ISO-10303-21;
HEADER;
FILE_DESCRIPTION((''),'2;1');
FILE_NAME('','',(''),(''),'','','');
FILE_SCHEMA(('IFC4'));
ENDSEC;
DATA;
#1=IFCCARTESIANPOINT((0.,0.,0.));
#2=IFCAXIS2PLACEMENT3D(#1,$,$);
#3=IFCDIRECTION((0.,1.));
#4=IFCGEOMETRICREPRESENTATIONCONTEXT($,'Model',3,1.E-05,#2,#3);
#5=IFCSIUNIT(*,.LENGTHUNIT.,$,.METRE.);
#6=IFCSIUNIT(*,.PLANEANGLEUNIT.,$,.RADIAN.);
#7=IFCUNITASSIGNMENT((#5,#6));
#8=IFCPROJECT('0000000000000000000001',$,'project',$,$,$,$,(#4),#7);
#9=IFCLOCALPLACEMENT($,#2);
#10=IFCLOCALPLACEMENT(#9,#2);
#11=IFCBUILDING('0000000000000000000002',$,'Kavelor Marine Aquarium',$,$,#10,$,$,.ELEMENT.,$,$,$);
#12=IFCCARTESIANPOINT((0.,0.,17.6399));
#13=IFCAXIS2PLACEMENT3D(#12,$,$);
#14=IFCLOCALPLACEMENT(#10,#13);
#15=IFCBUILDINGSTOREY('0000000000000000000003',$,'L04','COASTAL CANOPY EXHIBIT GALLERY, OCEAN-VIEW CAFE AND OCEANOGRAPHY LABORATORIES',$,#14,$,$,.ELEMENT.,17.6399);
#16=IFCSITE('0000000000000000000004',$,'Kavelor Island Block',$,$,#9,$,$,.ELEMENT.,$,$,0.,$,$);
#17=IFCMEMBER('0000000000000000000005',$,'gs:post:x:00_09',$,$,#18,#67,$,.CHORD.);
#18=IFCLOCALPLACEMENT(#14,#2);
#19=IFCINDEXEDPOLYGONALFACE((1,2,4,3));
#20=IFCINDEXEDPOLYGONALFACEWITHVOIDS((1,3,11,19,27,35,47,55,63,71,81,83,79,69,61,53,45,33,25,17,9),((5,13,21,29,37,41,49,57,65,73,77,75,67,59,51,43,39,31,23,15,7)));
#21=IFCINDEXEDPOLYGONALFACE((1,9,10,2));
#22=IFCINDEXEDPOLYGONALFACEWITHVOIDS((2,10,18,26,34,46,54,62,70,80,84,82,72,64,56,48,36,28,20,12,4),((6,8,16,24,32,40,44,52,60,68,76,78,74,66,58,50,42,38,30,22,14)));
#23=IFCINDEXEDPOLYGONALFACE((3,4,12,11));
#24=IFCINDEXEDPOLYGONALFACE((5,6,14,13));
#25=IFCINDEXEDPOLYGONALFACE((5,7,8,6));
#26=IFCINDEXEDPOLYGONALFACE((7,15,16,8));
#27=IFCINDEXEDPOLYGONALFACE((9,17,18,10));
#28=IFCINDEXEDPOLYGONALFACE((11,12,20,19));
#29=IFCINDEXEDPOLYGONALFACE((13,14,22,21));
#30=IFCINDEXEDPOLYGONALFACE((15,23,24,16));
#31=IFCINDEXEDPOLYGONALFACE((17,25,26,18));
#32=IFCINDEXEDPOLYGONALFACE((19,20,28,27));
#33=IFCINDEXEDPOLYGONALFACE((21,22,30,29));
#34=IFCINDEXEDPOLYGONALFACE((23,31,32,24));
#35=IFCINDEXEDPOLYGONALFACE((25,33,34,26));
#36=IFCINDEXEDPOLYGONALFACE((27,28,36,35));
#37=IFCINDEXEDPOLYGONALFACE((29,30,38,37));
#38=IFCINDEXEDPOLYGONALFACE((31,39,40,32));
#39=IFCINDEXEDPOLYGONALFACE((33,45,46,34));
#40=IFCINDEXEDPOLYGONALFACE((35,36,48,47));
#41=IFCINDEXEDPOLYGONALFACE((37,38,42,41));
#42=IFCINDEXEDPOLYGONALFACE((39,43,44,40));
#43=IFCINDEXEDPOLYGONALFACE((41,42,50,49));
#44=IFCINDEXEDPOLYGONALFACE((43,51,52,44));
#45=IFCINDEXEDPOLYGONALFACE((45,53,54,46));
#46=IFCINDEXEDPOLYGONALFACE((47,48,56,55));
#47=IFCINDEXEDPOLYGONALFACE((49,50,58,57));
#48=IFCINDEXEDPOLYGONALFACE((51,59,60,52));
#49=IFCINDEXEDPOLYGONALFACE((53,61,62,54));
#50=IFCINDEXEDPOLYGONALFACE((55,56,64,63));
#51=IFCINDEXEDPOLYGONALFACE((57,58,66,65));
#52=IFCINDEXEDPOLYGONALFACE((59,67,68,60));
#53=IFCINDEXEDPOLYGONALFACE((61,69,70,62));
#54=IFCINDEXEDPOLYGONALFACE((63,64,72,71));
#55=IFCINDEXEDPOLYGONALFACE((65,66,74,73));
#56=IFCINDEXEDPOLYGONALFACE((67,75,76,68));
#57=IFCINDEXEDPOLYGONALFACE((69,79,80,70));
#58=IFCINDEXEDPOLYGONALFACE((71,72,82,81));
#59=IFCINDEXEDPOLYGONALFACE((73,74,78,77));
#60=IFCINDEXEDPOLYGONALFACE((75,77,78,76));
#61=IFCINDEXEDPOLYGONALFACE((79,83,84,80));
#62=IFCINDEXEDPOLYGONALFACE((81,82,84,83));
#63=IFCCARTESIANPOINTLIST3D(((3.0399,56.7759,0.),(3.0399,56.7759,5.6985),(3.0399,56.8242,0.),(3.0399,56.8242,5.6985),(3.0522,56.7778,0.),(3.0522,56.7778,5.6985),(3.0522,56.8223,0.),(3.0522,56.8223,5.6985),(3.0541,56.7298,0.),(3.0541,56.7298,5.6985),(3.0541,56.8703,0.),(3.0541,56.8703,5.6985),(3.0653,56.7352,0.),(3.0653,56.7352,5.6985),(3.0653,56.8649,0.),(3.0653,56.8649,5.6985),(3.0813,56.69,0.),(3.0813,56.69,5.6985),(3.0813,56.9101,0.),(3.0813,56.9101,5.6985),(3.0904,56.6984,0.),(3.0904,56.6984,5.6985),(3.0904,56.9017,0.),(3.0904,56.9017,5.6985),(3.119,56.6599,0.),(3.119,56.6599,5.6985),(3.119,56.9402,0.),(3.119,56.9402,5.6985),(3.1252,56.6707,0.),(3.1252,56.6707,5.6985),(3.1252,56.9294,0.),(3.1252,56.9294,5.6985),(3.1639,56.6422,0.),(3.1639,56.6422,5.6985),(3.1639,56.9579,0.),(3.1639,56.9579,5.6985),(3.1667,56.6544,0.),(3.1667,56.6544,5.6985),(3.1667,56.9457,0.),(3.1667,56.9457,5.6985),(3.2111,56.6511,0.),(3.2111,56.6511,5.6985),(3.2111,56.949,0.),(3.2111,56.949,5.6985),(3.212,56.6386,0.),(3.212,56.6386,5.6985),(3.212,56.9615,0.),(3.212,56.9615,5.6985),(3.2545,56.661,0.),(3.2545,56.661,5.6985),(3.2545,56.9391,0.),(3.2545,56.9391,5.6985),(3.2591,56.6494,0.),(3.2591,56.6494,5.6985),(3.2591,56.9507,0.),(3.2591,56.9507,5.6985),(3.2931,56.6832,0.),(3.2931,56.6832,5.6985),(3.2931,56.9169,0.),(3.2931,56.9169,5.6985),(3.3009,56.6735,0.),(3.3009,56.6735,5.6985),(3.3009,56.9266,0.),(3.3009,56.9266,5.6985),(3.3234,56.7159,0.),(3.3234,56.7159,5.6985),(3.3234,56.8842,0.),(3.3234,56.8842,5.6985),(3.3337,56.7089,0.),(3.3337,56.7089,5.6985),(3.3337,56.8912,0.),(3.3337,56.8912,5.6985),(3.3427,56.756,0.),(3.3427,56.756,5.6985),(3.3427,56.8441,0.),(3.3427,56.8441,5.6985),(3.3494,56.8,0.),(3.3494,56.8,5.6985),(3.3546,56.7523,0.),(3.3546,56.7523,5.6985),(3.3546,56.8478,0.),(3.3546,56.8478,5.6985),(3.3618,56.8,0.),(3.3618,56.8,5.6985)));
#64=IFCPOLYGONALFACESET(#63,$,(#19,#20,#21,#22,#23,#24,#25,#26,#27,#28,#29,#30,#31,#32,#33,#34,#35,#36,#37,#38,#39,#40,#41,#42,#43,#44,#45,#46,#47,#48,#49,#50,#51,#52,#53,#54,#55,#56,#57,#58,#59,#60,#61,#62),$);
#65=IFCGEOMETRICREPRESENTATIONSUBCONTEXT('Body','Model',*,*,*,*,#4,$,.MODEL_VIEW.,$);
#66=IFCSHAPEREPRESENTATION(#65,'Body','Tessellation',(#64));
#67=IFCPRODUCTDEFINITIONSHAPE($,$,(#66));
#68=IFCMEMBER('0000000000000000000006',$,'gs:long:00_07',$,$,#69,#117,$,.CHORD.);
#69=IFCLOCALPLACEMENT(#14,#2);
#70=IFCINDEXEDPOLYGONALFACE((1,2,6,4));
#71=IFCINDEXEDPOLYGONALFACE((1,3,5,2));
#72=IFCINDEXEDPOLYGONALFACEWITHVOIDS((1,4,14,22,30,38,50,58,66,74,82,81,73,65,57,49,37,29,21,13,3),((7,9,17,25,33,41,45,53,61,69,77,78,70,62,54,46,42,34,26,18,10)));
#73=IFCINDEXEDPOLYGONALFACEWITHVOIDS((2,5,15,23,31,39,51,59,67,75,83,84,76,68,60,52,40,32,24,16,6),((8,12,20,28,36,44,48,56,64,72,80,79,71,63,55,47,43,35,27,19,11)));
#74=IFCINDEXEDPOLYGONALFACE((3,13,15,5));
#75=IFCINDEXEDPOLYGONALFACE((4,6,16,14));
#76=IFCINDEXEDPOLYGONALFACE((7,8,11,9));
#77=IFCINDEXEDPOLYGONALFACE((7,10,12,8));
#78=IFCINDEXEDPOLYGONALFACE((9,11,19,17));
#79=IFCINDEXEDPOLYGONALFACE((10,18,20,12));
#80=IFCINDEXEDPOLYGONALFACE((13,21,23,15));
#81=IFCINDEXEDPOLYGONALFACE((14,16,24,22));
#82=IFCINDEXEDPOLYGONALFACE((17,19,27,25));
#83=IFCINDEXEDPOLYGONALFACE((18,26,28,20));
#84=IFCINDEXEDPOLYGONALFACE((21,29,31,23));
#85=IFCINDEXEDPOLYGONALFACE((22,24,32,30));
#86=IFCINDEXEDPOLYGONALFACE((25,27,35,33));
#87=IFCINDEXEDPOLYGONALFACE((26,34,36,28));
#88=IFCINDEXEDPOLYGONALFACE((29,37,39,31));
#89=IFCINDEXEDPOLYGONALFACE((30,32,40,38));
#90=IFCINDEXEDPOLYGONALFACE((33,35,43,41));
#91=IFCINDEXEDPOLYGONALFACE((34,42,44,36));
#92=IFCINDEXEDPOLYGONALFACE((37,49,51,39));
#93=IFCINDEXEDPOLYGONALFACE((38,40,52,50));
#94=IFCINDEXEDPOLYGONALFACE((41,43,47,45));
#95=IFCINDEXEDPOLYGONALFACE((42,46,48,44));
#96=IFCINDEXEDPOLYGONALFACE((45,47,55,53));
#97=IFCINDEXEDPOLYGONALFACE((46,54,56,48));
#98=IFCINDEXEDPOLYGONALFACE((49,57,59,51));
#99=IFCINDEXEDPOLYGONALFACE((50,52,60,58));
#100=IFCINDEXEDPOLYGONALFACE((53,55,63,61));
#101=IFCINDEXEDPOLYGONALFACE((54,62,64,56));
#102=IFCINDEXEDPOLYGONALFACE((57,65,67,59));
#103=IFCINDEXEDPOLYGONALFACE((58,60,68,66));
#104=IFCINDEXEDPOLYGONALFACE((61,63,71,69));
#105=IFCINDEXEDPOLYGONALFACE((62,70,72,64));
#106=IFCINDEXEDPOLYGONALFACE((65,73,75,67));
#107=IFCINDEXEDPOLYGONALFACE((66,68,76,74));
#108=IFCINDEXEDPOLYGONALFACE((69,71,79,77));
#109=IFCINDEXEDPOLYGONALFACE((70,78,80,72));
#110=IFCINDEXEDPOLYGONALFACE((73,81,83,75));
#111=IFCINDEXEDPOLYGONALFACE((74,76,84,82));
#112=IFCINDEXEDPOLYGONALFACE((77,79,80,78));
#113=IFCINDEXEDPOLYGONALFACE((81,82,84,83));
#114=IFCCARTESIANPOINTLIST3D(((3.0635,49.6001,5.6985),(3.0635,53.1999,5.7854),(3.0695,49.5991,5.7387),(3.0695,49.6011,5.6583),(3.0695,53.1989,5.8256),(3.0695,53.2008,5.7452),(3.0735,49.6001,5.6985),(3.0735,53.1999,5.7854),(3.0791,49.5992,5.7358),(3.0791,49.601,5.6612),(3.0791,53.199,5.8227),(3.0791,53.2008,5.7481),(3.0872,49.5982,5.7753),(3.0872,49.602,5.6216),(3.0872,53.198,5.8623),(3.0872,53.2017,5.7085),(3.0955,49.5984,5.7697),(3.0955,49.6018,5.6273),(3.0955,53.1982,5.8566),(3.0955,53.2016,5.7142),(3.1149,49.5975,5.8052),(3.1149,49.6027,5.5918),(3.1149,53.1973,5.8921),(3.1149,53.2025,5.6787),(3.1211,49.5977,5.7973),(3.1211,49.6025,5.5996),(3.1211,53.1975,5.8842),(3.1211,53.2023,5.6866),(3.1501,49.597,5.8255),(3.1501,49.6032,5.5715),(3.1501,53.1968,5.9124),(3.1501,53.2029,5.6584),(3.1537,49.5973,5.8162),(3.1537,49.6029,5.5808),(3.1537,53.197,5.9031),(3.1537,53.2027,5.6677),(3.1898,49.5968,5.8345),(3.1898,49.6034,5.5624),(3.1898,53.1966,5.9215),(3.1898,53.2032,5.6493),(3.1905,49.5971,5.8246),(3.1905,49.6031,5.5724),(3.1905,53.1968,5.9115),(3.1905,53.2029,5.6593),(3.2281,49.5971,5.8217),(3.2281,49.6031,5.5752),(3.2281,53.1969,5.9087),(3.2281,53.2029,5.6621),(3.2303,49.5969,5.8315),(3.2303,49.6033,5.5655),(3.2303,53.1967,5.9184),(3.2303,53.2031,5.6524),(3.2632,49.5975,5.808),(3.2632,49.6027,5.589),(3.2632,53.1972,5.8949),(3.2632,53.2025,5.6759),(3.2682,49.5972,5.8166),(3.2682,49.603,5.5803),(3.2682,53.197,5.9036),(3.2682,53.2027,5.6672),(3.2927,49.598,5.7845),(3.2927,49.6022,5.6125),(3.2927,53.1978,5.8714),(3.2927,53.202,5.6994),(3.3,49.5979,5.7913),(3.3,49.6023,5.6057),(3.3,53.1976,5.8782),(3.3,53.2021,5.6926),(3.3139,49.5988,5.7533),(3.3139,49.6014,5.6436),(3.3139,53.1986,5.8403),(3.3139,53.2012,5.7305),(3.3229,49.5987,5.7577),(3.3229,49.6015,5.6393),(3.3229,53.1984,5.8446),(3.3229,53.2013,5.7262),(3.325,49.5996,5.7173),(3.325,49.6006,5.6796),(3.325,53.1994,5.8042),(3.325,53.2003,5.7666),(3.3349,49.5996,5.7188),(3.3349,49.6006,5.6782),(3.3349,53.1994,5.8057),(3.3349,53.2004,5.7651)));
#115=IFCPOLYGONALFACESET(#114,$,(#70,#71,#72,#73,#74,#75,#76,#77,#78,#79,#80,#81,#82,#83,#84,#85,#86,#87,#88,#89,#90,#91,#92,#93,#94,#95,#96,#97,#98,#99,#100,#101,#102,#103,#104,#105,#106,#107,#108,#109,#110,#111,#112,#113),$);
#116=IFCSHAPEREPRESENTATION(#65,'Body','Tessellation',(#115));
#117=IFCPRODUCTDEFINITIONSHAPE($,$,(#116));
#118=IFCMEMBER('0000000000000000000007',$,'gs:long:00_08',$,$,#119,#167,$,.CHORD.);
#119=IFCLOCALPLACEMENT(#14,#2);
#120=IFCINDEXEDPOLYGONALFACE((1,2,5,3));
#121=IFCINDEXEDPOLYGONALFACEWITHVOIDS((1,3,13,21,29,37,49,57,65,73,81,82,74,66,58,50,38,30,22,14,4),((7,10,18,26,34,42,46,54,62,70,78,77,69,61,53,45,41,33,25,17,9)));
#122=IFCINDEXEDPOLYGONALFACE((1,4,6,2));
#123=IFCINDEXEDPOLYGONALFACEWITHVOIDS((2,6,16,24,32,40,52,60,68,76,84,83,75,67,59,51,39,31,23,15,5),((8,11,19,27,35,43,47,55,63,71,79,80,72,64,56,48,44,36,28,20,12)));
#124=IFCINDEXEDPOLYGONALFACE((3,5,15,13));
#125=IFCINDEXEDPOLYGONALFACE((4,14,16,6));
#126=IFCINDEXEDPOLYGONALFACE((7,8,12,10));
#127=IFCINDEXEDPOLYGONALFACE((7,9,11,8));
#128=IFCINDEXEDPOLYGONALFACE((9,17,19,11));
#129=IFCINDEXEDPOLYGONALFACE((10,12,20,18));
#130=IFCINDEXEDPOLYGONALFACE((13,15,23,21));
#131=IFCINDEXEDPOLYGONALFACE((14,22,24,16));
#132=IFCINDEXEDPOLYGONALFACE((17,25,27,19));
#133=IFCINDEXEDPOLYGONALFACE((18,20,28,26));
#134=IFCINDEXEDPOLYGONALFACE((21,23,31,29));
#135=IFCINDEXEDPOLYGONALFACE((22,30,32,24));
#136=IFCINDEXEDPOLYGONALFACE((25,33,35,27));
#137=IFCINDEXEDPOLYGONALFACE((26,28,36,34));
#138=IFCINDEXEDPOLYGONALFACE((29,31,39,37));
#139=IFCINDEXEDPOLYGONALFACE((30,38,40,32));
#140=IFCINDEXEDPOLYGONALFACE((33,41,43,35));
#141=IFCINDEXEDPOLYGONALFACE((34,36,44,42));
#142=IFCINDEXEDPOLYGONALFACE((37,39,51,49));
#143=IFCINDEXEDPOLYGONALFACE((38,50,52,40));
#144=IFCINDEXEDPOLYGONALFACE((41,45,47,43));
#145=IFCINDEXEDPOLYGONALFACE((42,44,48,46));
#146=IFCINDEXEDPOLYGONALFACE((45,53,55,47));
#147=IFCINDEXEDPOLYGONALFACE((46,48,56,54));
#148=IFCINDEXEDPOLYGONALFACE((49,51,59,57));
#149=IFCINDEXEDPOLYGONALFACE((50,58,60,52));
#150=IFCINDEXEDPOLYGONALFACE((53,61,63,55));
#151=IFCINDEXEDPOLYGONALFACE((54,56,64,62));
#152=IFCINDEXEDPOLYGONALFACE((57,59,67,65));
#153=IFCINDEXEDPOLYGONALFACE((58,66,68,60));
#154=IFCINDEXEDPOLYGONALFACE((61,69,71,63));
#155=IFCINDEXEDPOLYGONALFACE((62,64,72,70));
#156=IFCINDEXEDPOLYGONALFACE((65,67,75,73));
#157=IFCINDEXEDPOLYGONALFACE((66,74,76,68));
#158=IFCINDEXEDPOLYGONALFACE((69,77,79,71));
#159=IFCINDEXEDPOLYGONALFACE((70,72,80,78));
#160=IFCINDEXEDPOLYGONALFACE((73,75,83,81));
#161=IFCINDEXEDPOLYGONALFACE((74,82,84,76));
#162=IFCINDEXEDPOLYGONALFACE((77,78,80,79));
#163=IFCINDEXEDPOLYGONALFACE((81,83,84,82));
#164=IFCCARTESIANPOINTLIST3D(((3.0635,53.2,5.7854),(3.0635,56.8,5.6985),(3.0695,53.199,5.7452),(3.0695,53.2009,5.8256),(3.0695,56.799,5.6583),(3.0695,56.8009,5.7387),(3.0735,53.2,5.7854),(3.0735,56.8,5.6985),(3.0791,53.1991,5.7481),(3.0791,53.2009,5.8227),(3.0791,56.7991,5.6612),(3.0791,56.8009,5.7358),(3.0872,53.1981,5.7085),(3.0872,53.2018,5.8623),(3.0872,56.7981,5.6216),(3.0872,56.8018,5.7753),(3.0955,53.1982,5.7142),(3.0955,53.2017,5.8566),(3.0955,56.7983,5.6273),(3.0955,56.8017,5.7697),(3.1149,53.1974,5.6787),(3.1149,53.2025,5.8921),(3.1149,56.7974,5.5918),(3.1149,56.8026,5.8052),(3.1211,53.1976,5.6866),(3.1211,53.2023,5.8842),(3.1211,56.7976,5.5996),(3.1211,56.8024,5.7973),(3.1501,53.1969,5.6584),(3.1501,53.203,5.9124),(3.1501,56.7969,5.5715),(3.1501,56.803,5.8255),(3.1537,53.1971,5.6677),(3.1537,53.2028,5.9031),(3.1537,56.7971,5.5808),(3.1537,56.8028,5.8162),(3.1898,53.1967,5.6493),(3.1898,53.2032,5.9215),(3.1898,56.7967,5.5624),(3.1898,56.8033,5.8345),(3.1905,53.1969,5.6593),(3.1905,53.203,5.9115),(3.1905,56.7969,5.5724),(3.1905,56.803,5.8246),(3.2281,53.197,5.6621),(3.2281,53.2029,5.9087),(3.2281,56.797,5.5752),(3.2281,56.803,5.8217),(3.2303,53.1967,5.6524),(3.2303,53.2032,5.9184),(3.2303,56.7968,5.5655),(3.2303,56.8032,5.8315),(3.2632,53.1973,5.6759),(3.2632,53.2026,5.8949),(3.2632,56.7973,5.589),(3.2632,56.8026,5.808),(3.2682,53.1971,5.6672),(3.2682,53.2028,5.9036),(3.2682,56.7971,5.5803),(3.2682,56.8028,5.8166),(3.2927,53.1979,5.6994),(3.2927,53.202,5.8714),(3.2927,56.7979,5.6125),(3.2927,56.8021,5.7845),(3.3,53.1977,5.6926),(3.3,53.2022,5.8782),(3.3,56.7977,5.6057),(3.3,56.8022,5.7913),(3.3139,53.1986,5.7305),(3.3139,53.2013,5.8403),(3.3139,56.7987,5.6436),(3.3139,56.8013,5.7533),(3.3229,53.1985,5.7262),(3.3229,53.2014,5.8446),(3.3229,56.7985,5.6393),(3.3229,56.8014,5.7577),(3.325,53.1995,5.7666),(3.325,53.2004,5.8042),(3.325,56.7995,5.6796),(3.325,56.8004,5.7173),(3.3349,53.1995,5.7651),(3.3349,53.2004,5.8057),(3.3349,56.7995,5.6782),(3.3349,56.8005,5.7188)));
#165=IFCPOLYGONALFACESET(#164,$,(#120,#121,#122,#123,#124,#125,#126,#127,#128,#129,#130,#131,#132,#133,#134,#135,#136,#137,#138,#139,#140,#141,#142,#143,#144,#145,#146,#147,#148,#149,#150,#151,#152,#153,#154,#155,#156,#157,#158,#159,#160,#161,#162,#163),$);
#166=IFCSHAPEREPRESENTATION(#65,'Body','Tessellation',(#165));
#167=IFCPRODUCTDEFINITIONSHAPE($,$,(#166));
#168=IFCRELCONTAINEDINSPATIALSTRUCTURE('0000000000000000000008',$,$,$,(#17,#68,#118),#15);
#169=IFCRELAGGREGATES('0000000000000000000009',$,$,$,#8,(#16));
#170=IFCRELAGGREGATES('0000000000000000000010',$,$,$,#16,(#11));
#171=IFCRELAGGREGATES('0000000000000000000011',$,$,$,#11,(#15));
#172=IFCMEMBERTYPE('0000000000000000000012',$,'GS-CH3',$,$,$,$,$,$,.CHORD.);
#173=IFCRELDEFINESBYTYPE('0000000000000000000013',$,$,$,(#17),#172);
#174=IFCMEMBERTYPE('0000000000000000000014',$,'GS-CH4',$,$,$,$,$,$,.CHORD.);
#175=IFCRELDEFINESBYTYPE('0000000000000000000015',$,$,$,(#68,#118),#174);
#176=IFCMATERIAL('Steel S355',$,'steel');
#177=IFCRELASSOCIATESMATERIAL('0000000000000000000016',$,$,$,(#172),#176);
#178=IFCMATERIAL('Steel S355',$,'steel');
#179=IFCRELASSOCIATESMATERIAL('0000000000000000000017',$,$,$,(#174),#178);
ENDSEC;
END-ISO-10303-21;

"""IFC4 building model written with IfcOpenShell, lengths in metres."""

from ifc_helpers import new_model, si_unit, direction, frame, origin, origin_2d, place, context, subcontext, project, spatial, hollow_circle, extrude, material, material_profile, profile_set, type_object, element, save


model = new_model("IFC4")

# Units and contexts
model_context = context("Model", 3, precision=1e-05, world=origin(), true_north=direction((0.0, 1.0)))
body_context = subcontext(model_context, "Body", "Model", "MODEL_VIEW")
ifc_project = project(units=[si_unit("LENGTHUNIT", "METRE"), si_unit("PLANEANGLEUNIT", "RADIAN")], contexts=[model_context])

# Site, building, storey
site_placement = place(None, origin())
site = spatial("IfcSite", under=ifc_project, at=site_placement, Name="Kavelor Island Block", CompositionType="ELEMENT", RefElevation=0.0)
building_placement = place(site_placement, origin())
building = spatial("IfcBuilding", under=site, at=building_placement, Name="Kavelor Marine Aquarium", CompositionType="ELEMENT")
storey_placement = place(building_placement, frame((0.0, 0.0, 17.6399)))
storey = spatial("IfcBuildingStorey", under=building, at=storey_placement, Name="L04", Description="COASTAL CANOPY EXHIBIT GALLERY, OCEAN-VIEW CAFE AND OCEANOGRAPHY LABORATORIES", CompositionType="ELEMENT", Elevation=17.6399)

# Members
ifc_material_1 = material(Name="Steel S355", Category="steel")
ifc_material_profile_1 = material_profile(ifc_material_1, hollow_circle(Radius=0.1619, WallThickness=0.0125, at=origin_2d()), Name="CHS 323.9x12.5")
ifc_profile_set_1 = profile_set([ifc_material_profile_1], Name="Steel S355")
member_type_1 = type_object("IfcMemberType", Name="GS-CH3", PredefinedType="CHORD", material=ifc_profile_set_1)
member_1_placement = place(storey_placement, frame((3.2, 56.8, 0.0), z_axis=(0.0, 0.0, 1.0), x_axis=(1.0, 0.0, 0.0)))
element("IfcMember", 1, at=member_1_placement, inside=storey, type_object=member_type_1, Name="gs:post:x:00_09", PredefinedType="CHORD", context=body_context, shape_type="SweptSolid", body=[
    extrude(hollow_circle(Radius=0.1619, WallThickness=0.0125, at=origin_2d()), origin(), (0.0, 0.0, 1.0), 5.6985),
])
ifc_material_2 = material(Name="Steel S355", Category="steel")
ifc_material_profile_2 = material_profile(ifc_material_2, hollow_circle(Radius=0.1365, WallThickness=0.01, at=origin_2d()), Name="CHS 273.0x10.0")
ifc_profile_set_2 = profile_set([ifc_material_profile_2], Name="Steel S355")
member_type_2 = type_object("IfcMemberType", Name="GS-CH4", PredefinedType="CHORD", material=ifc_profile_set_2)
member_2_placement = place(storey_placement, frame((3.2, 49.6001, 5.6985), z_axis=(0.0, 0.999709, 0.024137), x_axis=(-1.0, 0.0, 0.0)))
element("IfcMember", 2, at=member_2_placement, inside=storey, type_object=member_type_2, Name="gs:long:00_07", PredefinedType="CHORD", context=body_context, shape_type="SweptSolid", body=[
    extrude(hollow_circle(Radius=0.1365, WallThickness=0.01, at=origin_2d()), origin(), (0.0, 0.0, 1.0), 3.6008),
])
member_3_placement = place(storey_placement, frame((3.2, 53.2, 5.7854), z_axis=(0.0, 0.999709, -0.024135), x_axis=(-1.0, 0.0, 0.0)))
element("IfcMember", 3, at=member_3_placement, inside=storey, type_object=member_type_2, Name="gs:long:00_08", PredefinedType="CHORD", context=body_context, shape_type="SweptSolid", body=[
    extrude(hollow_circle(Radius=0.1365, WallThickness=0.01, at=origin_2d()), origin(), (0.0, 0.0, 1.0), 3.6011),
])

save(model, "model.ifc")
